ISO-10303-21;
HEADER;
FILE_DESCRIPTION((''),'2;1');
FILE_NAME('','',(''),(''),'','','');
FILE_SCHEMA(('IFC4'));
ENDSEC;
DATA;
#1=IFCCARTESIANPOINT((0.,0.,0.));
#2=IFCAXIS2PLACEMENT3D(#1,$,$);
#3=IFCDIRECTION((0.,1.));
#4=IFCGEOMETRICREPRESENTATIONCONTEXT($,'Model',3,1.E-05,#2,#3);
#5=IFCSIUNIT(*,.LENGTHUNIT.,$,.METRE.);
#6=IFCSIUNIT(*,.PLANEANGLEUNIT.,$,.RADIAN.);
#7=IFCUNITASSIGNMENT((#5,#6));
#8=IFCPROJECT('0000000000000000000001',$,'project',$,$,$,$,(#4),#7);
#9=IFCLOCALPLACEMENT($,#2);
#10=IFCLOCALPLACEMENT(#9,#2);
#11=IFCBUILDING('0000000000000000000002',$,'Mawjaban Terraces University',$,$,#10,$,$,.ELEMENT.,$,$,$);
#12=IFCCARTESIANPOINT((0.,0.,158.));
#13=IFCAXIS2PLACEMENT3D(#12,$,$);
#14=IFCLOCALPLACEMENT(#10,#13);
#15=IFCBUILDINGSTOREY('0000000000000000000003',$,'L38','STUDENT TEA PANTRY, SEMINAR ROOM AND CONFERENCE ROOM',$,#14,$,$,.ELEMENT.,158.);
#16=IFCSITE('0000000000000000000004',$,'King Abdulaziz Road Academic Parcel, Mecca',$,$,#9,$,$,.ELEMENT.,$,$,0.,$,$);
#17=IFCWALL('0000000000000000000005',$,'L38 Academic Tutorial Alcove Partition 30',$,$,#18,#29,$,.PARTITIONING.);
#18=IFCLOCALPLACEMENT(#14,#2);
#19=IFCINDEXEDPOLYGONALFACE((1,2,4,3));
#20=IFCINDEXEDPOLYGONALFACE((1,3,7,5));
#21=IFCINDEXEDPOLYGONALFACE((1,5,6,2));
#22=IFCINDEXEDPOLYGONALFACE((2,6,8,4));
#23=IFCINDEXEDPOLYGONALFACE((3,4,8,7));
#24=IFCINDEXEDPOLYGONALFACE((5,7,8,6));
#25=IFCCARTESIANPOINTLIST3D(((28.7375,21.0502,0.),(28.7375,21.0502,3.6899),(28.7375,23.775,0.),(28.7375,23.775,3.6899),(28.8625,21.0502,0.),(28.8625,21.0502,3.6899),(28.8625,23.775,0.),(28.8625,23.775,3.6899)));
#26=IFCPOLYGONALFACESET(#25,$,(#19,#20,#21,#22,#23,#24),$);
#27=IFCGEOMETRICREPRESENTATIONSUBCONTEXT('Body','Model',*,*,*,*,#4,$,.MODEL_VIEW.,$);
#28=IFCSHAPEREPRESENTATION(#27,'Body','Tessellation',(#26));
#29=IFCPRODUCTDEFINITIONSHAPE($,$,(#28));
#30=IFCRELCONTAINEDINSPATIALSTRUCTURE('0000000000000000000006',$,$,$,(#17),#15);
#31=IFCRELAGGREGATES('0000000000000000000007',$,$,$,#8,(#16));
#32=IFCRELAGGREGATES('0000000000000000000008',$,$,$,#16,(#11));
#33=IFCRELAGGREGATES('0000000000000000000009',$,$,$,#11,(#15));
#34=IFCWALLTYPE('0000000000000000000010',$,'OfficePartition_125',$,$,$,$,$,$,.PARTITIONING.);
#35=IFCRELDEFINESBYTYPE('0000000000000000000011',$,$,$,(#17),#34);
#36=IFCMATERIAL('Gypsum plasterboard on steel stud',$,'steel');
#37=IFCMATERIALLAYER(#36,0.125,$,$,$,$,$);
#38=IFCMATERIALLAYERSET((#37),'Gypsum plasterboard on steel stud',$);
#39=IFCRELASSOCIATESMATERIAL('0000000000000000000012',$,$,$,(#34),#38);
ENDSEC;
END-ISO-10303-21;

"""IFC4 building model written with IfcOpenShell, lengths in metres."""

from ifc_helpers import new_model, si_unit, direction, frame, frame_2d, origin, place, context, subcontext, project, spatial, rectangle, extrude, material, layer, layer_set, type_object, element, save


model = new_model("IFC4")

# Units and contexts
model_context = context("Model", 3, precision=1e-05, world=origin(), true_north=direction((0.0, 1.0)))
body_context = subcontext(model_context, "Body", "Model", "MODEL_VIEW")
ifc_project = project(units=[si_unit("LENGTHUNIT", "METRE"), si_unit("PLANEANGLEUNIT", "RADIAN")], contexts=[model_context])

# Site, building, storey
site_placement = place(None, origin())
site = spatial("IfcSite", under=ifc_project, at=site_placement, Name="King Abdulaziz Road Academic Parcel, Mecca", CompositionType="ELEMENT", RefElevation=0.0)
building_placement = place(site_placement, origin())
building = spatial("IfcBuilding", under=site, at=building_placement, Name="Mawjaban Terraces University", CompositionType="ELEMENT")
storey_placement = place(building_placement, frame((0.0, 0.0, 158.0)))
storey = spatial("IfcBuildingStorey", under=building, at=storey_placement, Name="L38", Description="STUDENT TEA PANTRY, SEMINAR ROOM AND CONFERENCE ROOM", CompositionType="ELEMENT", Elevation=158.0)

# Wall
ifc_material_1 = material(Name="Gypsum plasterboard on steel stud", Category="steel")
ifc_layer_1 = layer(ifc_material_1, 0.125)
ifc_layer_set_1 = layer_set([ifc_layer_1], Name="Gypsum plasterboard on steel stud")
wall_type_1 = type_object("IfcWallType", Name="OfficePartition_125", PredefinedType="PARTITIONING", material=ifc_layer_set_1)
wall_1_placement = place(storey_placement, frame((28.8, 23.7749, 0.0), z_axis=(0.0, 0.0, 1.0), x_axis=(0.0, -1.0, 0.0)))
element("IfcWall", 1, at=wall_1_placement, inside=storey, type_object=wall_type_1, Name="L38 Academic Tutorial Alcove Partition 30", PredefinedType="PARTITIONING", context=body_context, shape_type="SweptSolid", body=[
    extrude(rectangle(XDim=2.7249, YDim=0.125, at=frame_2d((1.3623, 0.0))), origin(), (0.0, 0.0, 1.0), 3.6899),
])

save(model, "model.ifc")
